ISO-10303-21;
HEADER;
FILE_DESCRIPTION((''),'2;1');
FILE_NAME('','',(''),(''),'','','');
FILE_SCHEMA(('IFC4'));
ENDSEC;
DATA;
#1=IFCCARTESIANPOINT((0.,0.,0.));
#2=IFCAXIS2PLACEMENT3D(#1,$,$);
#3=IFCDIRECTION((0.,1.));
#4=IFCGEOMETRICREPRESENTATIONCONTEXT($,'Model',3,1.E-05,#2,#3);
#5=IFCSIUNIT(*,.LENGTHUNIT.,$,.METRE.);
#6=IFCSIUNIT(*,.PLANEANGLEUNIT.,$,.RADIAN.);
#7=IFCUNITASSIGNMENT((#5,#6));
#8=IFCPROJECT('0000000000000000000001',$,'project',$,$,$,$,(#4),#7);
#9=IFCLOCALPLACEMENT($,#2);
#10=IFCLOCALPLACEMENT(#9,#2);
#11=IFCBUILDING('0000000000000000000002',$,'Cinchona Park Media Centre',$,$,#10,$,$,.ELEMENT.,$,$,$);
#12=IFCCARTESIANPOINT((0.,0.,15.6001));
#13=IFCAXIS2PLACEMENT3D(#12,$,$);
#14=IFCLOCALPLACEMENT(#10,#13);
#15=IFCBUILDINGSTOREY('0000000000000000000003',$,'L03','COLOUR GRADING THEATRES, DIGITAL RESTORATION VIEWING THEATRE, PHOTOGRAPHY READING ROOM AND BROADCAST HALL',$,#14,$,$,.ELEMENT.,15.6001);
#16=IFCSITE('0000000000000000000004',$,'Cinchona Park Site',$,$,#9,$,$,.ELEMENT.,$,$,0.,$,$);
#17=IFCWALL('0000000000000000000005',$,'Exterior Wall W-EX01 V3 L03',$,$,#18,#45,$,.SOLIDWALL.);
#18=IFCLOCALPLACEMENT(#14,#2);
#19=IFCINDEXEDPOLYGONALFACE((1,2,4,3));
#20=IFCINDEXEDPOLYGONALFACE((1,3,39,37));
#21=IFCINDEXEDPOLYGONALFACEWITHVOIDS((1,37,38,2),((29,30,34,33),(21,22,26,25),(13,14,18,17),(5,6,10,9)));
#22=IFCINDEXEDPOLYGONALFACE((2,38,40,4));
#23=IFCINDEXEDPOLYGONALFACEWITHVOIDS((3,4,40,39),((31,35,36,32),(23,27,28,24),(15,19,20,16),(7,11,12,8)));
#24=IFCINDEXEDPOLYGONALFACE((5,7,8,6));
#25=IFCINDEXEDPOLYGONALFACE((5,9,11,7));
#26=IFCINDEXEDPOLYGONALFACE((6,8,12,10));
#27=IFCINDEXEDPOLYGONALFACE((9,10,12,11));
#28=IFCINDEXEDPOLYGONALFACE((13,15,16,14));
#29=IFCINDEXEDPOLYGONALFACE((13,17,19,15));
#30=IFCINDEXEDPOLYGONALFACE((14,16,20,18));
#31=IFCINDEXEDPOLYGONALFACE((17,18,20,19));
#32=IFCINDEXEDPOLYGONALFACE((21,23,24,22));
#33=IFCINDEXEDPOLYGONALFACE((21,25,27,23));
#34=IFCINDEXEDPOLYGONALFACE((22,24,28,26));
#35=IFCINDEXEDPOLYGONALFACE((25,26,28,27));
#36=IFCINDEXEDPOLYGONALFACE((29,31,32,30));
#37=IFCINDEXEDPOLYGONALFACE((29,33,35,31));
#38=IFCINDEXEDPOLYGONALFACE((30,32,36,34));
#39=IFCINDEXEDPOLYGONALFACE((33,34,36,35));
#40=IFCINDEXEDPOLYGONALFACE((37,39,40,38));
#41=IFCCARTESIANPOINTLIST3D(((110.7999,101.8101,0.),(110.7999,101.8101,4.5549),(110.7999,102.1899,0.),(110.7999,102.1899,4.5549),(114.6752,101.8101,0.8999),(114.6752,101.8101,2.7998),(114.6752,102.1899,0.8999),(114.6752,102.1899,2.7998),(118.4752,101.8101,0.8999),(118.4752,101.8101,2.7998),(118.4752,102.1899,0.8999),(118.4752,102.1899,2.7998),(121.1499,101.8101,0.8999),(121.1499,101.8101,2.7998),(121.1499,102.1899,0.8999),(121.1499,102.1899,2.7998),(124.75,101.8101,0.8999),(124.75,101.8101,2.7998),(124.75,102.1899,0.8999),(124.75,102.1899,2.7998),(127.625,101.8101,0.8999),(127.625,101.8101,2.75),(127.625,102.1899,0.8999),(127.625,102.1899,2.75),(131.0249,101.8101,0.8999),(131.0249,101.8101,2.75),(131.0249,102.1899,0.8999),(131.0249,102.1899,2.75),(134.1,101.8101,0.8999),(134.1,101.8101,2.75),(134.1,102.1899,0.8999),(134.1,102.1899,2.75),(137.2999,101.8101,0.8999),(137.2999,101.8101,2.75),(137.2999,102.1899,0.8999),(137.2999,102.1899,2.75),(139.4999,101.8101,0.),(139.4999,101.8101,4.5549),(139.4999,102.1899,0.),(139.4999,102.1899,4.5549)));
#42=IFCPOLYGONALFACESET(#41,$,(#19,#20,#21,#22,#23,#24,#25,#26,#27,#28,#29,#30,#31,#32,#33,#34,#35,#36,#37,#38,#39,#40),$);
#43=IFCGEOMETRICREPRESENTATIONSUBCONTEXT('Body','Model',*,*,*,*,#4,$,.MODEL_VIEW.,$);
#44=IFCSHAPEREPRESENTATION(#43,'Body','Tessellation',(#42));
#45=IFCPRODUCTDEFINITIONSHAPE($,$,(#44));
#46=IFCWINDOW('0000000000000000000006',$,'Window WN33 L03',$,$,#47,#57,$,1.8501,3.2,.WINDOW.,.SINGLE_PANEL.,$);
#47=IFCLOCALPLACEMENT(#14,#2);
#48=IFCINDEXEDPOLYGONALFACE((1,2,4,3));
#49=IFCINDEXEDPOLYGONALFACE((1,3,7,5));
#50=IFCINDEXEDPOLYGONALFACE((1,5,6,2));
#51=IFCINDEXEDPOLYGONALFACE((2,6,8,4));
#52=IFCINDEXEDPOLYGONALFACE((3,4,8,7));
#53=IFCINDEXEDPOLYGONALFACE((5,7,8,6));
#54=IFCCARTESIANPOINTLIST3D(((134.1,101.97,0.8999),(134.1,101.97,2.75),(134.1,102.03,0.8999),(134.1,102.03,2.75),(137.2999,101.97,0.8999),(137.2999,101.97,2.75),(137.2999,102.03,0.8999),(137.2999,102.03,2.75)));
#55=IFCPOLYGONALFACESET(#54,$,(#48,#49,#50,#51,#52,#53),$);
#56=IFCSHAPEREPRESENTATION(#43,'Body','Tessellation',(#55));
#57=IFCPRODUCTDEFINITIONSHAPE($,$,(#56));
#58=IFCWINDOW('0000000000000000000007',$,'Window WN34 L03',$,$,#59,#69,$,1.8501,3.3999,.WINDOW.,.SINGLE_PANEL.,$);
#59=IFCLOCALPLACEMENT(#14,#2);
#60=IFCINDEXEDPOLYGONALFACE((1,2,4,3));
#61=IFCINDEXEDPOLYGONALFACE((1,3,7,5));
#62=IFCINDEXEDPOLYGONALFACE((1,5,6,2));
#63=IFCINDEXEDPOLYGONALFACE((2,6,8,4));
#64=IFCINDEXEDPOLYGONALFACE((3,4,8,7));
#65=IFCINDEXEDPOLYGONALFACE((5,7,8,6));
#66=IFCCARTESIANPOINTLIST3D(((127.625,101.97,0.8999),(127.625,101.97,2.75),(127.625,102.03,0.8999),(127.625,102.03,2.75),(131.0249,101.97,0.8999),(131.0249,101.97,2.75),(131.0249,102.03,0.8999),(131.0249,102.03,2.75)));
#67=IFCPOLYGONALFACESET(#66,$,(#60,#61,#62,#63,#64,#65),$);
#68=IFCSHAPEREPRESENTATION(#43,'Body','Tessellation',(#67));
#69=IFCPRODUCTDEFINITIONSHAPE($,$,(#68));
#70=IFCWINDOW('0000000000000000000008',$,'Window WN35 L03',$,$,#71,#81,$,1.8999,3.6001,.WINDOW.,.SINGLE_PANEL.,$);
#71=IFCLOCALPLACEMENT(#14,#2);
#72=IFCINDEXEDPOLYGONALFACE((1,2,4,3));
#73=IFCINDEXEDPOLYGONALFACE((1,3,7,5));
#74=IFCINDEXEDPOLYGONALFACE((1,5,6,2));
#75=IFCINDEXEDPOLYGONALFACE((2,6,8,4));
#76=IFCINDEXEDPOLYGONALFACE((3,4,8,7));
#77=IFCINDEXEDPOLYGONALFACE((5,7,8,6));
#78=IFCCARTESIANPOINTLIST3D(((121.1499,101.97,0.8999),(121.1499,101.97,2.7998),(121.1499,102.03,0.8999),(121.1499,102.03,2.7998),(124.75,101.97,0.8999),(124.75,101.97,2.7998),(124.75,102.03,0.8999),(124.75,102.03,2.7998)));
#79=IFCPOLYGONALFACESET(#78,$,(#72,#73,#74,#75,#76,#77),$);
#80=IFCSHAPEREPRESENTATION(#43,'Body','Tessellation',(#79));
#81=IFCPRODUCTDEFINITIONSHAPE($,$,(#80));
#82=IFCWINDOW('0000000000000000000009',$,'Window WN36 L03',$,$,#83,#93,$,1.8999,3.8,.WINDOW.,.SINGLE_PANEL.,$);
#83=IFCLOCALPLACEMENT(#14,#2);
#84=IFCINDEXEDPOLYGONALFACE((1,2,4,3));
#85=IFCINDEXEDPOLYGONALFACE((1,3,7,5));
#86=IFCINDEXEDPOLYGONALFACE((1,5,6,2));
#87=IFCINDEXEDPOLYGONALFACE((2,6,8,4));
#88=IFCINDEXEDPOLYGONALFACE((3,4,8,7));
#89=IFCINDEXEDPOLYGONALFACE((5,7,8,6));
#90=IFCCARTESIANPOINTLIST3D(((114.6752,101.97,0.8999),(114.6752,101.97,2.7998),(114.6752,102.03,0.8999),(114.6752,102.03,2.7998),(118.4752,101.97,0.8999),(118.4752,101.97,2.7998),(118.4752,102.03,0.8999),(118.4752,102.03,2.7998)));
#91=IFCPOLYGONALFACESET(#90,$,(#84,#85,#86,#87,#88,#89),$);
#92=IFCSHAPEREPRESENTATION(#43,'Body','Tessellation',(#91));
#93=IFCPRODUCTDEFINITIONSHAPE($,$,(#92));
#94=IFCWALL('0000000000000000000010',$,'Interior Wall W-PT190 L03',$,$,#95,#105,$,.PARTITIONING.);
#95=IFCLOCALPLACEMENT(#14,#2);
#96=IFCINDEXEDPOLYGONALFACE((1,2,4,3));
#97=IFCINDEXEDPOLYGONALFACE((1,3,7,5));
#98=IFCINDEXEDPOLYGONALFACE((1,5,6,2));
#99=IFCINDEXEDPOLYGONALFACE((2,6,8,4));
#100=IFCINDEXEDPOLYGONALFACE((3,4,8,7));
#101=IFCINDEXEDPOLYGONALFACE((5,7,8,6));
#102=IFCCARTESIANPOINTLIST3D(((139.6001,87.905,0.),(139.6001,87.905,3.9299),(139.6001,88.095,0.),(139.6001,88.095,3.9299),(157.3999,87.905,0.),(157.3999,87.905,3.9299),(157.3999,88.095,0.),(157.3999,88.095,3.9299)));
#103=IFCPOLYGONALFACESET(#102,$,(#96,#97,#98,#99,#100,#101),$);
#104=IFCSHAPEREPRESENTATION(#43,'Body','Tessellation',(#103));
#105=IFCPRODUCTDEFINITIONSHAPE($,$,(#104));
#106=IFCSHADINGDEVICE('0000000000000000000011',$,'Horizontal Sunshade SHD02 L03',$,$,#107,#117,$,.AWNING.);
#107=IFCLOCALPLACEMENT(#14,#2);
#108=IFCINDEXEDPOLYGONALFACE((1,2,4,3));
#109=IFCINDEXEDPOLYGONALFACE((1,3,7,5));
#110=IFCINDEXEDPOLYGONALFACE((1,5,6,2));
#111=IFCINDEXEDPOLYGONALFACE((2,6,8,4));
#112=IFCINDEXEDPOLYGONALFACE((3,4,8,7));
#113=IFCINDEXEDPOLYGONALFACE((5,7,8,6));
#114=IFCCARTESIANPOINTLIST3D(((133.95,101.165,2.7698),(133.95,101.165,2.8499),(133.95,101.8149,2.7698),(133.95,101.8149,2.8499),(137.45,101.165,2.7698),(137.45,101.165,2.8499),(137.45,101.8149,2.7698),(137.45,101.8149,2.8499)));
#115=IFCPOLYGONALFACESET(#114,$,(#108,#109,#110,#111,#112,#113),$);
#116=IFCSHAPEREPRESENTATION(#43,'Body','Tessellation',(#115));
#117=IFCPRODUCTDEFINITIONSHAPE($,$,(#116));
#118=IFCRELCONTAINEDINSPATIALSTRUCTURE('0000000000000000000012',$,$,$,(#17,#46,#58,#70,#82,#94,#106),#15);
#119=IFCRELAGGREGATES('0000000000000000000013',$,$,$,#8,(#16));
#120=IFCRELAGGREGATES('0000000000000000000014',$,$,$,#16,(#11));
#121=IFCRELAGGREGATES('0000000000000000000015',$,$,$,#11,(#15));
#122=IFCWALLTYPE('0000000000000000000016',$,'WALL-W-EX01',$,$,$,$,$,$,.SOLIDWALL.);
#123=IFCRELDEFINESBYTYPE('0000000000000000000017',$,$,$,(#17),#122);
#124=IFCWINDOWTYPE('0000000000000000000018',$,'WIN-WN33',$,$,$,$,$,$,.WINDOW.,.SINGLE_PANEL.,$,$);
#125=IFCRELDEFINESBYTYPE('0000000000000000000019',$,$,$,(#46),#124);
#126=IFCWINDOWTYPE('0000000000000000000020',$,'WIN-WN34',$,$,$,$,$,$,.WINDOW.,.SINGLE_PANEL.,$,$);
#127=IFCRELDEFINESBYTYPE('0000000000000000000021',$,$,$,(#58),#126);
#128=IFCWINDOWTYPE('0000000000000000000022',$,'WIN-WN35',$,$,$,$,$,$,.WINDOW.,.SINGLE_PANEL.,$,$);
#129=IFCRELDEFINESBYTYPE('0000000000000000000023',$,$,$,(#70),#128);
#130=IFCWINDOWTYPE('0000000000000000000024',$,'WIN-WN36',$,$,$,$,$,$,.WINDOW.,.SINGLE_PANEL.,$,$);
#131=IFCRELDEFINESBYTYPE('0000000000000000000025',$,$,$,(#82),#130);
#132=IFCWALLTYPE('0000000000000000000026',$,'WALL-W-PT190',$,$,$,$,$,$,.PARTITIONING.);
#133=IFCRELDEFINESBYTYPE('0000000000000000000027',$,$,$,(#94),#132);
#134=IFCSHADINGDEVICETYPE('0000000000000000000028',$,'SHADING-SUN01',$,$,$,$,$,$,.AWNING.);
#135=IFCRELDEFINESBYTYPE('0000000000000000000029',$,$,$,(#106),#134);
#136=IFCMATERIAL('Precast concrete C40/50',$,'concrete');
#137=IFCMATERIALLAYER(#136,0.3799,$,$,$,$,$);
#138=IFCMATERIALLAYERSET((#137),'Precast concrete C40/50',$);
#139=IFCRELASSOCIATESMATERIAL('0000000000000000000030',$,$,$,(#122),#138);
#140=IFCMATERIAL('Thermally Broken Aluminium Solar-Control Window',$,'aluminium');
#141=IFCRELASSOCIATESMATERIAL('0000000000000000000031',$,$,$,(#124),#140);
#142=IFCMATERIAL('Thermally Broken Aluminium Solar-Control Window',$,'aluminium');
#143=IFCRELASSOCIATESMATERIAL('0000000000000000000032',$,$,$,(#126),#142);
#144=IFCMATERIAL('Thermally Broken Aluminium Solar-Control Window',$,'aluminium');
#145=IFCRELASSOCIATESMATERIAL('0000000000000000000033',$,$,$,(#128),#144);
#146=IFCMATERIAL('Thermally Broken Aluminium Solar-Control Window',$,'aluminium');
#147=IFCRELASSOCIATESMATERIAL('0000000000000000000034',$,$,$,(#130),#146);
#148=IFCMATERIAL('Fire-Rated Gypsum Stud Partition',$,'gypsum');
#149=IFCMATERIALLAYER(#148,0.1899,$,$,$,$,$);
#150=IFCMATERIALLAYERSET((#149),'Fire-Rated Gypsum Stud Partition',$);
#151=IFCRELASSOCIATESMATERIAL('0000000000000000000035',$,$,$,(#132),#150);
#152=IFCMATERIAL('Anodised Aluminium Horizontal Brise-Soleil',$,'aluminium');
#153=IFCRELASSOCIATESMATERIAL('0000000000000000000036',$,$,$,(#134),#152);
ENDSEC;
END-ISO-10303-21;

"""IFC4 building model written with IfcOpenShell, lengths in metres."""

from ifc_helpers import new_model, si_unit, direction, frame, frame_2d, origin, origin_2d, place, context, subcontext, project, spatial, rectangle, extrude, material, layer, layer_set, type_object, element, fill, save


model = new_model("IFC4")

# Units and contexts
model_context = context("Model", 3, precision=1e-05, world=origin(), true_north=direction((0.0, 1.0)))
body_context = subcontext(model_context, "Body", "Model", "MODEL_VIEW")
ifc_project = project(units=[si_unit("LENGTHUNIT", "METRE"), si_unit("PLANEANGLEUNIT", "RADIAN")], contexts=[model_context])

# Site, building, storey
site_placement = place(None, origin())
site = spatial("IfcSite", under=ifc_project, at=site_placement, Name="Cinchona Park Site", CompositionType="ELEMENT", RefElevation=0.0)
building_placement = place(site_placement, origin())
building = spatial("IfcBuilding", under=site, at=building_placement, Name="Cinchona Park Media Centre", CompositionType="ELEMENT")
storey_placement = place(building_placement, frame((0.0, 0.0, 15.6001)))
storey = spatial("IfcBuildingStorey", under=building, at=storey_placement, Name="L03", Description="COLOUR GRADING THEATRES, DIGITAL RESTORATION VIEWING THEATRE, PHOTOGRAPHY READING ROOM AND BROADCAST HALL", CompositionType="ELEMENT", Elevation=15.6001)

# Wall, openings, windows
ifc_material_1 = material(Name="Precast concrete C40/50", Category="concrete")
ifc_layer_1 = layer(ifc_material_1, 0.3799)
ifc_layer_set_1 = layer_set([ifc_layer_1], Name="Precast concrete C40/50")
wall_type_1 = type_object("IfcWallType", Name="WALL-W-EX01", PredefinedType="SOLIDWALL", material=ifc_layer_set_1)
wall_1_placement = place(storey_placement, frame((139.5, 102.0, 0.0), z_axis=(0.0, 0.0, 1.0), x_axis=(-1.0, 0.0, 0.0)))
wall_1 = element("IfcWall", 1, at=wall_1_placement, inside=storey, type_object=wall_type_1, Name="Exterior Wall W-EX01 V3 L03", PredefinedType="SOLIDWALL", context=body_context, shape_type="SweptSolid", body=[
    extrude(rectangle(XDim=28.7, YDim=0.3799, at=frame_2d((14.3501, 0.0))), origin(), (0.0, 0.0, 1.0), 4.5549),
])
opening_1_placement = place(wall_1_placement, frame((2.2, 0.0, 0.8999)))
opening_1 = element("IfcOpeningElement", 2, at=opening_1_placement, cuts=wall_1, PredefinedType="OPENING", context=body_context, shape_type="SweptSolid", body=[
    extrude(rectangle(XDim=3.2, YDim=1.8501, at=frame_2d((1.6001, 0.925))), frame((0.0, 0.2, 0.0), z_axis=(0.0, -1.0, 0.0), x_axis=(1.0, 0.0, 0.0)), (0.0, 0.0, 1.0), 0.3999),
])
opening_2_placement = place(wall_1_placement, frame((8.4751, 0.0, 0.8999)))
opening_2 = element("IfcOpeningElement", 3, at=opening_2_placement, cuts=wall_1, PredefinedType="OPENING", context=body_context, shape_type="SweptSolid", body=[
    extrude(rectangle(XDim=3.3999, YDim=1.8501, at=frame_2d((1.7, 0.925))), frame((0.0, 0.2, 0.0), z_axis=(0.0, -1.0, 0.0), x_axis=(1.0, 0.0, 0.0)), (0.0, 0.0, 1.0), 0.3999),
])
opening_3_placement = place(wall_1_placement, frame((14.75, 0.0, 0.8999)))
opening_3 = element("IfcOpeningElement", 4, at=opening_3_placement, cuts=wall_1, PredefinedType="OPENING", context=body_context, shape_type="SweptSolid", body=[
    extrude(rectangle(XDim=3.6001, YDim=1.8999, at=frame_2d((1.8, 0.95))), frame((0.0, 0.2, 0.0), z_axis=(0.0, -1.0, 0.0), x_axis=(1.0, 0.0, 0.0)), (0.0, 0.0, 1.0), 0.3999),
])
opening_4_placement = place(wall_1_placement, frame((21.0249, 0.0, 0.8999)))
opening_4 = element("IfcOpeningElement", 5, at=opening_4_placement, cuts=wall_1, PredefinedType="OPENING", context=body_context, shape_type="SweptSolid", body=[
    extrude(rectangle(XDim=3.8, YDim=1.8999, at=frame_2d((1.8999, 0.95))), frame((0.0, 0.2, 0.0), z_axis=(0.0, -1.0, 0.0), x_axis=(1.0, 0.0, 0.0)), (0.0, 0.0, 1.0), 0.3999),
])
ifc_material_2 = material(Name="Thermally Broken Aluminium Solar-Control Window", Category="aluminium")
window_type_1 = type_object("IfcWindowType", Name="WIN-WN33", PartitioningType="SINGLE_PANEL", PredefinedType="WINDOW", material=ifc_material_2)
window_1_placement = place(opening_1_placement, origin())
window_1 = element("IfcWindow", 6, at=window_1_placement, inside=storey, type_object=window_type_1, Name="Window WN33 L03", OverallHeight=1.8501, OverallWidth=3.2, PartitioningType="SINGLE_PANEL", PredefinedType="WINDOW", context=body_context, shape_type="SweptSolid", body=[
    extrude(rectangle(XDim=3.2, YDim=1.8501, at=frame_2d((1.6001, 0.925))), frame((0.0, 0.03, 0.0), z_axis=(0.0, -1.0, 0.0), x_axis=(1.0, 0.0, 0.0)), (0.0, 0.0, 1.0), 0.0601),
])
fill(opening_1, window_1)
ifc_material_3 = material(Name="Thermally Broken Aluminium Solar-Control Window", Category="aluminium")
window_type_2 = type_object("IfcWindowType", Name="WIN-WN34", PartitioningType="SINGLE_PANEL", PredefinedType="WINDOW", material=ifc_material_3)
window_2_placement = place(opening_2_placement, origin())
window_2 = element("IfcWindow", 7, at=window_2_placement, inside=storey, type_object=window_type_2, Name="Window WN34 L03", OverallHeight=1.8501, OverallWidth=3.3999, PartitioningType="SINGLE_PANEL", PredefinedType="WINDOW", context=body_context, shape_type="SweptSolid", body=[
    extrude(rectangle(XDim=3.3999, YDim=1.8501, at=frame_2d((1.7, 0.925))), frame((0.0, 0.03, 0.0), z_axis=(0.0, -1.0, 0.0), x_axis=(1.0, 0.0, 0.0)), (0.0, 0.0, 1.0), 0.0601),
])
fill(opening_2, window_2)
ifc_material_4 = material(Name="Thermally Broken Aluminium Solar-Control Window", Category="aluminium")
window_type_3 = type_object("IfcWindowType", Name="WIN-WN35", PartitioningType="SINGLE_PANEL", PredefinedType="WINDOW", material=ifc_material_4)
window_3_placement = place(opening_3_placement, origin())
window_3 = element("IfcWindow", 8, at=window_3_placement, inside=storey, type_object=window_type_3, Name="Window WN35 L03", OverallHeight=1.8999, OverallWidth=3.6001, PartitioningType="SINGLE_PANEL", PredefinedType="WINDOW", context=body_context, shape_type="SweptSolid", body=[
    extrude(rectangle(XDim=3.6001, YDim=1.8999, at=frame_2d((1.8, 0.95))), frame((0.0, 0.03, 0.0), z_axis=(0.0, -1.0, 0.0), x_axis=(1.0, 0.0, 0.0)), (0.0, 0.0, 1.0), 0.0601),
])
fill(opening_3, window_3)
ifc_material_5 = material(Name="Thermally Broken Aluminium Solar-Control Window", Category="aluminium")
window_type_4 = type_object("IfcWindowType", Name="WIN-WN36", PartitioningType="SINGLE_PANEL", PredefinedType="WINDOW", material=ifc_material_5)
window_4_placement = place(opening_4_placement, origin())
window_4 = element("IfcWindow", 9, at=window_4_placement, inside=storey, type_object=window_type_4, Name="Window WN36 L03", OverallHeight=1.8999, OverallWidth=3.8, PartitioningType="SINGLE_PANEL", PredefinedType="WINDOW", context=body_context, shape_type="SweptSolid", body=[
    extrude(rectangle(XDim=3.8, YDim=1.8999, at=frame_2d((1.8999, 0.95))), frame((0.0, 0.03, 0.0), z_axis=(0.0, -1.0, 0.0), x_axis=(1.0, 0.0, 0.0)), (0.0, 0.0, 1.0), 0.0601),
])
fill(opening_4, window_4)

# Wall
ifc_material_6 = material(Name="Fire-Rated Gypsum Stud Partition", Category="gypsum")
ifc_layer_2 = layer(ifc_material_6, 0.1899)
ifc_layer_set_2 = layer_set([ifc_layer_2], Name="Fire-Rated Gypsum Stud Partition")
wall_type_2 = type_object("IfcWallType", Name="WALL-W-PT190", PredefinedType="PARTITIONING", material=ifc_layer_set_2)
wall_2_placement = place(storey_placement, frame((139.6001, 88.0, 0.0), z_axis=(0.0, 0.0, 1.0), x_axis=(1.0, 0.0, 0.0)))
element("IfcWall", 10, at=wall_2_placement, inside=storey, type_object=wall_type_2, Name="Interior Wall W-PT190 L03", PredefinedType="PARTITIONING", context=body_context, shape_type="SweptSolid", body=[
    extrude(rectangle(XDim=17.7998, YDim=0.1899, at=frame_2d((8.8999, 0.0))), origin(), (0.0, 0.0, 1.0), 3.9299),
])

# Shading device
ifc_material_7 = material(Name="Anodised Aluminium Horizontal Brise-Soleil", Category="aluminium")
shading_device_type = type_object("IfcShadingDeviceType", Name="SHADING-SUN01", PredefinedType="AWNING", material=ifc_material_7)
shading_device_placement = place(storey_placement, frame((135.7, 101.49, 2.7698), z_axis=(0.0, 0.0, 1.0), x_axis=(-1.0, 0.0, 0.0)))
element("IfcShadingDevice", 11, at=shading_device_placement, inside=storey, type_object=shading_device_type, Name="Horizontal Sunshade SHD02 L03", PredefinedType="AWNING", context=body_context, shape_type="SweptSolid", body=[
    extrude(rectangle(XDim=3.5, YDim=0.6499, at=origin_2d()), origin(), (0.0, 0.0, 1.0), 0.0801),
])

save(model, "model.ifc")
